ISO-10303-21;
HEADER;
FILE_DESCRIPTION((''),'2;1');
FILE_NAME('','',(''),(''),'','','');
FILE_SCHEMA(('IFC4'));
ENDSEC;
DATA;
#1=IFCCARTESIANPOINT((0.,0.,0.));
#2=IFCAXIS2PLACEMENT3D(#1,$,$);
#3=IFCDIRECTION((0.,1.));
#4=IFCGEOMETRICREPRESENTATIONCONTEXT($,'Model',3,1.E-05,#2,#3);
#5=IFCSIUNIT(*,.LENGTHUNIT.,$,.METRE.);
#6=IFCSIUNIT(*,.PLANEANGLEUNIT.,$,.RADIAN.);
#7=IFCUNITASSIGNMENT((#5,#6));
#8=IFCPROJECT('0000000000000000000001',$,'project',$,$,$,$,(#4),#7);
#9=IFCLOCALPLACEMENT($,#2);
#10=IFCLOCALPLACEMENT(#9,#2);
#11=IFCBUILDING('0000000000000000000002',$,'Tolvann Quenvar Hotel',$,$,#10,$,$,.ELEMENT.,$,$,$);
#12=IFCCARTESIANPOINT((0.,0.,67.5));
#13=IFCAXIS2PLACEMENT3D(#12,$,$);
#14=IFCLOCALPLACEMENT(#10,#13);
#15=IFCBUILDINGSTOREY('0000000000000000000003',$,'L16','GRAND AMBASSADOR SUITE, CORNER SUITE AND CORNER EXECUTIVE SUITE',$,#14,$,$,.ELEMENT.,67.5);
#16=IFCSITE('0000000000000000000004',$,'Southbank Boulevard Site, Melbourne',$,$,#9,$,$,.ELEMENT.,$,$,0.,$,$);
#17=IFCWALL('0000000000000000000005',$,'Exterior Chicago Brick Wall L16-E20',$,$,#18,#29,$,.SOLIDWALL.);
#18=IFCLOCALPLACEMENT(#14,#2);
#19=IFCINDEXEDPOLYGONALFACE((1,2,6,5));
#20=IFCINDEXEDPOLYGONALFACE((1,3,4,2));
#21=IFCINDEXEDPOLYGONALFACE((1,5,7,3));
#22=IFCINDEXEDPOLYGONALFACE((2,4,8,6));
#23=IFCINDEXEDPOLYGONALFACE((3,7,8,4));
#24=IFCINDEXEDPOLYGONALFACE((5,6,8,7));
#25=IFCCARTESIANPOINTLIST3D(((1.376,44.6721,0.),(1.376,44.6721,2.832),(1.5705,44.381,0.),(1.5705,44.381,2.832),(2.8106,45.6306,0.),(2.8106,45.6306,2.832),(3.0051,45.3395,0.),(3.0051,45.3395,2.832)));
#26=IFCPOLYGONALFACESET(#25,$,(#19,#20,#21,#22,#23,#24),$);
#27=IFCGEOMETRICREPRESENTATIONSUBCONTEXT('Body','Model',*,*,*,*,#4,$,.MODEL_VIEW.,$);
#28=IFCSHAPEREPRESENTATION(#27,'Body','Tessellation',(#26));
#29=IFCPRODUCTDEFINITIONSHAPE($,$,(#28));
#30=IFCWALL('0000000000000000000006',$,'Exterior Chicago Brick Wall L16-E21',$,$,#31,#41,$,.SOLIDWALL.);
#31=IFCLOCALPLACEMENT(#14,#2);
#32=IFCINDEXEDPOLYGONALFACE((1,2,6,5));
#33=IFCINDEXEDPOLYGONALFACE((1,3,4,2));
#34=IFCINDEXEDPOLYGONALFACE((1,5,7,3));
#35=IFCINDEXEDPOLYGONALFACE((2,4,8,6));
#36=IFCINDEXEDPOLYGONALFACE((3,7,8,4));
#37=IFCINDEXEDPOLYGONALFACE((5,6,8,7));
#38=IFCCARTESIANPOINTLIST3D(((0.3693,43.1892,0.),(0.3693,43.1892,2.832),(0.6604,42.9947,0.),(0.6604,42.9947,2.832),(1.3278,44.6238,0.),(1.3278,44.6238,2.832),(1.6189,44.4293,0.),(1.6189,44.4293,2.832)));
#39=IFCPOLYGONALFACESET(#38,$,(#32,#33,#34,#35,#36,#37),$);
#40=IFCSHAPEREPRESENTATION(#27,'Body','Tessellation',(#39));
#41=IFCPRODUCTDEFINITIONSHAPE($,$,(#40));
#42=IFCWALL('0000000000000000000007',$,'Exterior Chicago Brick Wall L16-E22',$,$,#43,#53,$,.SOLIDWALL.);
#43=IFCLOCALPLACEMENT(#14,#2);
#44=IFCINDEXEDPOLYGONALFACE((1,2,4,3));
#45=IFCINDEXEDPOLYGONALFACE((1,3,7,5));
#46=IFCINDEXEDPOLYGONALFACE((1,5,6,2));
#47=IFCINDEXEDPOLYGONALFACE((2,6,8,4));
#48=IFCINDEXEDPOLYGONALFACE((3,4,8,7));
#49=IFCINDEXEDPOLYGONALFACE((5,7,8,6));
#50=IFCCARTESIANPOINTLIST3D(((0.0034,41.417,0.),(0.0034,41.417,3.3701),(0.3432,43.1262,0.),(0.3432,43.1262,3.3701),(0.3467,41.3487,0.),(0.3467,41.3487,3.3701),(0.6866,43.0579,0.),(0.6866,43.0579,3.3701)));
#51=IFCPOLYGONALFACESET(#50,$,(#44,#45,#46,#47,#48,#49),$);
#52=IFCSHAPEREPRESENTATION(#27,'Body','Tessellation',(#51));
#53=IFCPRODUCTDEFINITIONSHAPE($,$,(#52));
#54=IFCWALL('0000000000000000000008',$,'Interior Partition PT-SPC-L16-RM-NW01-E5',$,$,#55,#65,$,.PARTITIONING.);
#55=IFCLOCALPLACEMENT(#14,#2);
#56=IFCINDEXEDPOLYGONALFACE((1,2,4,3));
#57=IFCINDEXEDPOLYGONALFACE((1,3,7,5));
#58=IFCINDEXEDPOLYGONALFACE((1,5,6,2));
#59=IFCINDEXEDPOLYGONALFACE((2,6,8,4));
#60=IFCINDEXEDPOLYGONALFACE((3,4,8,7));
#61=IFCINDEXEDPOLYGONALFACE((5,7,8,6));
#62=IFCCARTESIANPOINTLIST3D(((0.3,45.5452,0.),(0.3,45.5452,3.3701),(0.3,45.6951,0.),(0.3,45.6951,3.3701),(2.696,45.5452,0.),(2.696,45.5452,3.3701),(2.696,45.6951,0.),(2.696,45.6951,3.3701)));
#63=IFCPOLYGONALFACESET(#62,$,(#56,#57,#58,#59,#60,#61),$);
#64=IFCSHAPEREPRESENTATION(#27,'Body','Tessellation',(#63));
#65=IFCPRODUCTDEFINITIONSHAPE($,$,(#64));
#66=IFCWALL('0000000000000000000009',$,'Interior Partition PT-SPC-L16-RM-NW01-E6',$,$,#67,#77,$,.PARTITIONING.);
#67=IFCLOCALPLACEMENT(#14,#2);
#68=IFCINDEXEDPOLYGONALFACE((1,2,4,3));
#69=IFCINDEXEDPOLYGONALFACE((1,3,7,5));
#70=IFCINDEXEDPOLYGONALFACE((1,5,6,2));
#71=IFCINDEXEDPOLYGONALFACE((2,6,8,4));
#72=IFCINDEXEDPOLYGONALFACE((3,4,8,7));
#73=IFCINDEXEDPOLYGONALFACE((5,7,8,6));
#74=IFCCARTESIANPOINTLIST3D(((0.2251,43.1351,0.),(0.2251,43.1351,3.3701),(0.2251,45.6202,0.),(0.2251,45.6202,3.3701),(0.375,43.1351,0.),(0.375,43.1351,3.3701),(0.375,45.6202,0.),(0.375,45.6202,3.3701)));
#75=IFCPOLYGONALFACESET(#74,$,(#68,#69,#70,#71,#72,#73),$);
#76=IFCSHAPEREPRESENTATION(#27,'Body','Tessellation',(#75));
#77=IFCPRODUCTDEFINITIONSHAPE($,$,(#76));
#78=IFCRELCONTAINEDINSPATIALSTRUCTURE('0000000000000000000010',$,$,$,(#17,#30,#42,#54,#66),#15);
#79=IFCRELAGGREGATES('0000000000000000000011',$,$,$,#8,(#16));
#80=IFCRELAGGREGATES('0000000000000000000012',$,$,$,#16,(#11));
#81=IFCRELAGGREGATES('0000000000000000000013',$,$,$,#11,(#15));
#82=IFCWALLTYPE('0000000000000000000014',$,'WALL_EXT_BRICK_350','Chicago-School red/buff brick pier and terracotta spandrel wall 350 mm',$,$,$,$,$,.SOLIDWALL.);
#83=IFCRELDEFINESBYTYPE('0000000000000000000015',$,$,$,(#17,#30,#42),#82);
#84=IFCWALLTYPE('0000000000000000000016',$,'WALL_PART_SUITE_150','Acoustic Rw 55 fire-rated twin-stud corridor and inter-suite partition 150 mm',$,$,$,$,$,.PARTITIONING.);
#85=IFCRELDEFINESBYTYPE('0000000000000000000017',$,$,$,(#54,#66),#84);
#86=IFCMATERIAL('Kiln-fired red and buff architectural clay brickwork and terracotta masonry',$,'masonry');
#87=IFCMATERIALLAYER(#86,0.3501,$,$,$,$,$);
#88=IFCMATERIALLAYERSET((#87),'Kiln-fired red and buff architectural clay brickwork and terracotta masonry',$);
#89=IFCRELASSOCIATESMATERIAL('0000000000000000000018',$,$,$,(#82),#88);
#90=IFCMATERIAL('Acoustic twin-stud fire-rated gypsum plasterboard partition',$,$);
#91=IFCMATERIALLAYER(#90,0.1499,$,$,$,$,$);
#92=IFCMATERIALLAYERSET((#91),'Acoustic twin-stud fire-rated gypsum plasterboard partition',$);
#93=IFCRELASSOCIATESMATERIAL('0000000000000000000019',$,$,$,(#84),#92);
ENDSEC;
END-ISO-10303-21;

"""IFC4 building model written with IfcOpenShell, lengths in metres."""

from ifc_helpers import new_model, si_unit, direction, frame, frame_2d, origin, place, context, subcontext, project, spatial, rectangle, extrude, material, layer, layer_set, type_object, element, save


model = new_model("IFC4")

# Units and contexts
model_context = context("Model", 3, precision=1e-05, world=origin(), true_north=direction((0.0, 1.0)))
body_context = subcontext(model_context, "Body", "Model", "MODEL_VIEW")
ifc_project = project(units=[si_unit("LENGTHUNIT", "METRE"), si_unit("PLANEANGLEUNIT", "RADIAN")], contexts=[model_context])

# Site, building, storey
site_placement = place(None, origin())
site = spatial("IfcSite", under=ifc_project, at=site_placement, Name="Southbank Boulevard Site, Melbourne", CompositionType="ELEMENT", RefElevation=0.0)
building_placement = place(site_placement, origin())
building = spatial("IfcBuilding", under=site, at=building_placement, Name="Tolvann Quenvar Hotel", CompositionType="ELEMENT")
storey_placement = place(building_placement, frame((0.0, 0.0, 67.5)))
storey = spatial("IfcBuildingStorey", under=building, at=storey_placement, Name="L16", Description="GRAND AMBASSADOR SUITE, CORNER SUITE AND CORNER EXECUTIVE SUITE", CompositionType="ELEMENT", Elevation=67.5)

# Walls
ifc_material_1 = material(Name="Kiln-fired red and buff architectural clay brickwork and terracotta masonry", Category="masonry")
ifc_layer_1 = layer(ifc_material_1, 0.3501)
ifc_layer_set_1 = layer_set([ifc_layer_1], Name="Kiln-fired red and buff architectural clay brickwork and terracotta masonry")
wall_type_1 = type_object("IfcWallType", Name="WALL_EXT_BRICK_350", Description="Chicago-School red/buff brick pier and terracotta spandrel wall 350 mm", PredefinedType="SOLIDWALL", material=ifc_layer_set_1)
for number, where, z_axis, x_axis, name in (
    (1, (2.908, 45.4851, 0.0), (0.0, 0.0, 1.0), (-0.831484, -0.555549, 0.0), "Exterior Chicago Brick Wall L16-E20"),
    (2, (1.4734, 44.5266, 0.0), (0.0, 0.0, 1.0), (-0.555549, -0.831484, 0.0), "Exterior Chicago Brick Wall L16-E21"),
):
    element("IfcWall", number, at=place(storey_placement, frame(where, z_axis=z_axis, x_axis=x_axis)), inside=storey, type_object=wall_type_1, Name=name, PredefinedType="SOLIDWALL", context=body_context, shape_type="SweptSolid", body=[
        extrude(rectangle(XDim=1.7253, YDim=0.3501, at=frame_2d((0.8628, 0.0))), origin(), (0.0, 0.0, 1.0), 2.832),
    ])
wall_1_placement = place(storey_placement, frame((0.5149, 43.092, 0.0), z_axis=(0.0, 0.0, 1.0), x_axis=(-0.195011, -0.980801, 0.0)))
element("IfcWall", 3, at=wall_1_placement, inside=storey, type_object=wall_type_1, Name="Exterior Chicago Brick Wall L16-E22", PredefinedType="SOLIDWALL", context=body_context, shape_type="SweptSolid", body=[
    extrude(rectangle(XDim=1.7427, YDim=0.3501, at=frame_2d((0.8713, 0.0))), origin(), (0.0, 0.0, 1.0), 3.3701),
])

# Walls
ifc_material_2 = material(Name="Acoustic twin-stud fire-rated gypsum plasterboard partition")
ifc_layer_2 = layer(ifc_material_2, 0.1499)
ifc_layer_set_2 = layer_set([ifc_layer_2], Name="Acoustic twin-stud fire-rated gypsum plasterboard partition")
wall_type_2 = type_object("IfcWallType", Name="WALL_PART_SUITE_150", Description="Acoustic Rw 55 fire-rated twin-stud corridor and inter-suite partition 150 mm", PredefinedType="PARTITIONING", material=ifc_layer_set_2)
wall_2_placement = place(storey_placement, frame((0.3, 45.6201, 0.0), z_axis=(0.0, 0.0, 1.0), x_axis=(1.0, 0.0, 0.0)))
element("IfcWall", 4, at=wall_2_placement, inside=storey, type_object=wall_type_2, Name="Interior Partition PT-SPC-L16-RM-NW01-E5", PredefinedType="PARTITIONING", context=body_context, shape_type="SweptSolid", body=[
    extrude(rectangle(XDim=2.396, YDim=0.1499, at=frame_2d((1.198, 0.0))), origin(), (0.0, 0.0, 1.0), 3.3701),
])
wall_3_placement = place(storey_placement, frame((0.3, 43.135, 0.0), z_axis=(0.0, 0.0, 1.0), x_axis=(0.0, 1.0, 0.0)))
element("IfcWall", 5, at=wall_3_placement, inside=storey, type_object=wall_type_2, Name="Interior Partition PT-SPC-L16-RM-NW01-E6", PredefinedType="PARTITIONING", context=body_context, shape_type="SweptSolid", body=[
    extrude(rectangle(XDim=2.4851, YDim=0.1499, at=frame_2d((1.2427, 0.0))), origin(), (0.0, 0.0, 1.0), 3.3701),
])

save(model, "model.ifc")
